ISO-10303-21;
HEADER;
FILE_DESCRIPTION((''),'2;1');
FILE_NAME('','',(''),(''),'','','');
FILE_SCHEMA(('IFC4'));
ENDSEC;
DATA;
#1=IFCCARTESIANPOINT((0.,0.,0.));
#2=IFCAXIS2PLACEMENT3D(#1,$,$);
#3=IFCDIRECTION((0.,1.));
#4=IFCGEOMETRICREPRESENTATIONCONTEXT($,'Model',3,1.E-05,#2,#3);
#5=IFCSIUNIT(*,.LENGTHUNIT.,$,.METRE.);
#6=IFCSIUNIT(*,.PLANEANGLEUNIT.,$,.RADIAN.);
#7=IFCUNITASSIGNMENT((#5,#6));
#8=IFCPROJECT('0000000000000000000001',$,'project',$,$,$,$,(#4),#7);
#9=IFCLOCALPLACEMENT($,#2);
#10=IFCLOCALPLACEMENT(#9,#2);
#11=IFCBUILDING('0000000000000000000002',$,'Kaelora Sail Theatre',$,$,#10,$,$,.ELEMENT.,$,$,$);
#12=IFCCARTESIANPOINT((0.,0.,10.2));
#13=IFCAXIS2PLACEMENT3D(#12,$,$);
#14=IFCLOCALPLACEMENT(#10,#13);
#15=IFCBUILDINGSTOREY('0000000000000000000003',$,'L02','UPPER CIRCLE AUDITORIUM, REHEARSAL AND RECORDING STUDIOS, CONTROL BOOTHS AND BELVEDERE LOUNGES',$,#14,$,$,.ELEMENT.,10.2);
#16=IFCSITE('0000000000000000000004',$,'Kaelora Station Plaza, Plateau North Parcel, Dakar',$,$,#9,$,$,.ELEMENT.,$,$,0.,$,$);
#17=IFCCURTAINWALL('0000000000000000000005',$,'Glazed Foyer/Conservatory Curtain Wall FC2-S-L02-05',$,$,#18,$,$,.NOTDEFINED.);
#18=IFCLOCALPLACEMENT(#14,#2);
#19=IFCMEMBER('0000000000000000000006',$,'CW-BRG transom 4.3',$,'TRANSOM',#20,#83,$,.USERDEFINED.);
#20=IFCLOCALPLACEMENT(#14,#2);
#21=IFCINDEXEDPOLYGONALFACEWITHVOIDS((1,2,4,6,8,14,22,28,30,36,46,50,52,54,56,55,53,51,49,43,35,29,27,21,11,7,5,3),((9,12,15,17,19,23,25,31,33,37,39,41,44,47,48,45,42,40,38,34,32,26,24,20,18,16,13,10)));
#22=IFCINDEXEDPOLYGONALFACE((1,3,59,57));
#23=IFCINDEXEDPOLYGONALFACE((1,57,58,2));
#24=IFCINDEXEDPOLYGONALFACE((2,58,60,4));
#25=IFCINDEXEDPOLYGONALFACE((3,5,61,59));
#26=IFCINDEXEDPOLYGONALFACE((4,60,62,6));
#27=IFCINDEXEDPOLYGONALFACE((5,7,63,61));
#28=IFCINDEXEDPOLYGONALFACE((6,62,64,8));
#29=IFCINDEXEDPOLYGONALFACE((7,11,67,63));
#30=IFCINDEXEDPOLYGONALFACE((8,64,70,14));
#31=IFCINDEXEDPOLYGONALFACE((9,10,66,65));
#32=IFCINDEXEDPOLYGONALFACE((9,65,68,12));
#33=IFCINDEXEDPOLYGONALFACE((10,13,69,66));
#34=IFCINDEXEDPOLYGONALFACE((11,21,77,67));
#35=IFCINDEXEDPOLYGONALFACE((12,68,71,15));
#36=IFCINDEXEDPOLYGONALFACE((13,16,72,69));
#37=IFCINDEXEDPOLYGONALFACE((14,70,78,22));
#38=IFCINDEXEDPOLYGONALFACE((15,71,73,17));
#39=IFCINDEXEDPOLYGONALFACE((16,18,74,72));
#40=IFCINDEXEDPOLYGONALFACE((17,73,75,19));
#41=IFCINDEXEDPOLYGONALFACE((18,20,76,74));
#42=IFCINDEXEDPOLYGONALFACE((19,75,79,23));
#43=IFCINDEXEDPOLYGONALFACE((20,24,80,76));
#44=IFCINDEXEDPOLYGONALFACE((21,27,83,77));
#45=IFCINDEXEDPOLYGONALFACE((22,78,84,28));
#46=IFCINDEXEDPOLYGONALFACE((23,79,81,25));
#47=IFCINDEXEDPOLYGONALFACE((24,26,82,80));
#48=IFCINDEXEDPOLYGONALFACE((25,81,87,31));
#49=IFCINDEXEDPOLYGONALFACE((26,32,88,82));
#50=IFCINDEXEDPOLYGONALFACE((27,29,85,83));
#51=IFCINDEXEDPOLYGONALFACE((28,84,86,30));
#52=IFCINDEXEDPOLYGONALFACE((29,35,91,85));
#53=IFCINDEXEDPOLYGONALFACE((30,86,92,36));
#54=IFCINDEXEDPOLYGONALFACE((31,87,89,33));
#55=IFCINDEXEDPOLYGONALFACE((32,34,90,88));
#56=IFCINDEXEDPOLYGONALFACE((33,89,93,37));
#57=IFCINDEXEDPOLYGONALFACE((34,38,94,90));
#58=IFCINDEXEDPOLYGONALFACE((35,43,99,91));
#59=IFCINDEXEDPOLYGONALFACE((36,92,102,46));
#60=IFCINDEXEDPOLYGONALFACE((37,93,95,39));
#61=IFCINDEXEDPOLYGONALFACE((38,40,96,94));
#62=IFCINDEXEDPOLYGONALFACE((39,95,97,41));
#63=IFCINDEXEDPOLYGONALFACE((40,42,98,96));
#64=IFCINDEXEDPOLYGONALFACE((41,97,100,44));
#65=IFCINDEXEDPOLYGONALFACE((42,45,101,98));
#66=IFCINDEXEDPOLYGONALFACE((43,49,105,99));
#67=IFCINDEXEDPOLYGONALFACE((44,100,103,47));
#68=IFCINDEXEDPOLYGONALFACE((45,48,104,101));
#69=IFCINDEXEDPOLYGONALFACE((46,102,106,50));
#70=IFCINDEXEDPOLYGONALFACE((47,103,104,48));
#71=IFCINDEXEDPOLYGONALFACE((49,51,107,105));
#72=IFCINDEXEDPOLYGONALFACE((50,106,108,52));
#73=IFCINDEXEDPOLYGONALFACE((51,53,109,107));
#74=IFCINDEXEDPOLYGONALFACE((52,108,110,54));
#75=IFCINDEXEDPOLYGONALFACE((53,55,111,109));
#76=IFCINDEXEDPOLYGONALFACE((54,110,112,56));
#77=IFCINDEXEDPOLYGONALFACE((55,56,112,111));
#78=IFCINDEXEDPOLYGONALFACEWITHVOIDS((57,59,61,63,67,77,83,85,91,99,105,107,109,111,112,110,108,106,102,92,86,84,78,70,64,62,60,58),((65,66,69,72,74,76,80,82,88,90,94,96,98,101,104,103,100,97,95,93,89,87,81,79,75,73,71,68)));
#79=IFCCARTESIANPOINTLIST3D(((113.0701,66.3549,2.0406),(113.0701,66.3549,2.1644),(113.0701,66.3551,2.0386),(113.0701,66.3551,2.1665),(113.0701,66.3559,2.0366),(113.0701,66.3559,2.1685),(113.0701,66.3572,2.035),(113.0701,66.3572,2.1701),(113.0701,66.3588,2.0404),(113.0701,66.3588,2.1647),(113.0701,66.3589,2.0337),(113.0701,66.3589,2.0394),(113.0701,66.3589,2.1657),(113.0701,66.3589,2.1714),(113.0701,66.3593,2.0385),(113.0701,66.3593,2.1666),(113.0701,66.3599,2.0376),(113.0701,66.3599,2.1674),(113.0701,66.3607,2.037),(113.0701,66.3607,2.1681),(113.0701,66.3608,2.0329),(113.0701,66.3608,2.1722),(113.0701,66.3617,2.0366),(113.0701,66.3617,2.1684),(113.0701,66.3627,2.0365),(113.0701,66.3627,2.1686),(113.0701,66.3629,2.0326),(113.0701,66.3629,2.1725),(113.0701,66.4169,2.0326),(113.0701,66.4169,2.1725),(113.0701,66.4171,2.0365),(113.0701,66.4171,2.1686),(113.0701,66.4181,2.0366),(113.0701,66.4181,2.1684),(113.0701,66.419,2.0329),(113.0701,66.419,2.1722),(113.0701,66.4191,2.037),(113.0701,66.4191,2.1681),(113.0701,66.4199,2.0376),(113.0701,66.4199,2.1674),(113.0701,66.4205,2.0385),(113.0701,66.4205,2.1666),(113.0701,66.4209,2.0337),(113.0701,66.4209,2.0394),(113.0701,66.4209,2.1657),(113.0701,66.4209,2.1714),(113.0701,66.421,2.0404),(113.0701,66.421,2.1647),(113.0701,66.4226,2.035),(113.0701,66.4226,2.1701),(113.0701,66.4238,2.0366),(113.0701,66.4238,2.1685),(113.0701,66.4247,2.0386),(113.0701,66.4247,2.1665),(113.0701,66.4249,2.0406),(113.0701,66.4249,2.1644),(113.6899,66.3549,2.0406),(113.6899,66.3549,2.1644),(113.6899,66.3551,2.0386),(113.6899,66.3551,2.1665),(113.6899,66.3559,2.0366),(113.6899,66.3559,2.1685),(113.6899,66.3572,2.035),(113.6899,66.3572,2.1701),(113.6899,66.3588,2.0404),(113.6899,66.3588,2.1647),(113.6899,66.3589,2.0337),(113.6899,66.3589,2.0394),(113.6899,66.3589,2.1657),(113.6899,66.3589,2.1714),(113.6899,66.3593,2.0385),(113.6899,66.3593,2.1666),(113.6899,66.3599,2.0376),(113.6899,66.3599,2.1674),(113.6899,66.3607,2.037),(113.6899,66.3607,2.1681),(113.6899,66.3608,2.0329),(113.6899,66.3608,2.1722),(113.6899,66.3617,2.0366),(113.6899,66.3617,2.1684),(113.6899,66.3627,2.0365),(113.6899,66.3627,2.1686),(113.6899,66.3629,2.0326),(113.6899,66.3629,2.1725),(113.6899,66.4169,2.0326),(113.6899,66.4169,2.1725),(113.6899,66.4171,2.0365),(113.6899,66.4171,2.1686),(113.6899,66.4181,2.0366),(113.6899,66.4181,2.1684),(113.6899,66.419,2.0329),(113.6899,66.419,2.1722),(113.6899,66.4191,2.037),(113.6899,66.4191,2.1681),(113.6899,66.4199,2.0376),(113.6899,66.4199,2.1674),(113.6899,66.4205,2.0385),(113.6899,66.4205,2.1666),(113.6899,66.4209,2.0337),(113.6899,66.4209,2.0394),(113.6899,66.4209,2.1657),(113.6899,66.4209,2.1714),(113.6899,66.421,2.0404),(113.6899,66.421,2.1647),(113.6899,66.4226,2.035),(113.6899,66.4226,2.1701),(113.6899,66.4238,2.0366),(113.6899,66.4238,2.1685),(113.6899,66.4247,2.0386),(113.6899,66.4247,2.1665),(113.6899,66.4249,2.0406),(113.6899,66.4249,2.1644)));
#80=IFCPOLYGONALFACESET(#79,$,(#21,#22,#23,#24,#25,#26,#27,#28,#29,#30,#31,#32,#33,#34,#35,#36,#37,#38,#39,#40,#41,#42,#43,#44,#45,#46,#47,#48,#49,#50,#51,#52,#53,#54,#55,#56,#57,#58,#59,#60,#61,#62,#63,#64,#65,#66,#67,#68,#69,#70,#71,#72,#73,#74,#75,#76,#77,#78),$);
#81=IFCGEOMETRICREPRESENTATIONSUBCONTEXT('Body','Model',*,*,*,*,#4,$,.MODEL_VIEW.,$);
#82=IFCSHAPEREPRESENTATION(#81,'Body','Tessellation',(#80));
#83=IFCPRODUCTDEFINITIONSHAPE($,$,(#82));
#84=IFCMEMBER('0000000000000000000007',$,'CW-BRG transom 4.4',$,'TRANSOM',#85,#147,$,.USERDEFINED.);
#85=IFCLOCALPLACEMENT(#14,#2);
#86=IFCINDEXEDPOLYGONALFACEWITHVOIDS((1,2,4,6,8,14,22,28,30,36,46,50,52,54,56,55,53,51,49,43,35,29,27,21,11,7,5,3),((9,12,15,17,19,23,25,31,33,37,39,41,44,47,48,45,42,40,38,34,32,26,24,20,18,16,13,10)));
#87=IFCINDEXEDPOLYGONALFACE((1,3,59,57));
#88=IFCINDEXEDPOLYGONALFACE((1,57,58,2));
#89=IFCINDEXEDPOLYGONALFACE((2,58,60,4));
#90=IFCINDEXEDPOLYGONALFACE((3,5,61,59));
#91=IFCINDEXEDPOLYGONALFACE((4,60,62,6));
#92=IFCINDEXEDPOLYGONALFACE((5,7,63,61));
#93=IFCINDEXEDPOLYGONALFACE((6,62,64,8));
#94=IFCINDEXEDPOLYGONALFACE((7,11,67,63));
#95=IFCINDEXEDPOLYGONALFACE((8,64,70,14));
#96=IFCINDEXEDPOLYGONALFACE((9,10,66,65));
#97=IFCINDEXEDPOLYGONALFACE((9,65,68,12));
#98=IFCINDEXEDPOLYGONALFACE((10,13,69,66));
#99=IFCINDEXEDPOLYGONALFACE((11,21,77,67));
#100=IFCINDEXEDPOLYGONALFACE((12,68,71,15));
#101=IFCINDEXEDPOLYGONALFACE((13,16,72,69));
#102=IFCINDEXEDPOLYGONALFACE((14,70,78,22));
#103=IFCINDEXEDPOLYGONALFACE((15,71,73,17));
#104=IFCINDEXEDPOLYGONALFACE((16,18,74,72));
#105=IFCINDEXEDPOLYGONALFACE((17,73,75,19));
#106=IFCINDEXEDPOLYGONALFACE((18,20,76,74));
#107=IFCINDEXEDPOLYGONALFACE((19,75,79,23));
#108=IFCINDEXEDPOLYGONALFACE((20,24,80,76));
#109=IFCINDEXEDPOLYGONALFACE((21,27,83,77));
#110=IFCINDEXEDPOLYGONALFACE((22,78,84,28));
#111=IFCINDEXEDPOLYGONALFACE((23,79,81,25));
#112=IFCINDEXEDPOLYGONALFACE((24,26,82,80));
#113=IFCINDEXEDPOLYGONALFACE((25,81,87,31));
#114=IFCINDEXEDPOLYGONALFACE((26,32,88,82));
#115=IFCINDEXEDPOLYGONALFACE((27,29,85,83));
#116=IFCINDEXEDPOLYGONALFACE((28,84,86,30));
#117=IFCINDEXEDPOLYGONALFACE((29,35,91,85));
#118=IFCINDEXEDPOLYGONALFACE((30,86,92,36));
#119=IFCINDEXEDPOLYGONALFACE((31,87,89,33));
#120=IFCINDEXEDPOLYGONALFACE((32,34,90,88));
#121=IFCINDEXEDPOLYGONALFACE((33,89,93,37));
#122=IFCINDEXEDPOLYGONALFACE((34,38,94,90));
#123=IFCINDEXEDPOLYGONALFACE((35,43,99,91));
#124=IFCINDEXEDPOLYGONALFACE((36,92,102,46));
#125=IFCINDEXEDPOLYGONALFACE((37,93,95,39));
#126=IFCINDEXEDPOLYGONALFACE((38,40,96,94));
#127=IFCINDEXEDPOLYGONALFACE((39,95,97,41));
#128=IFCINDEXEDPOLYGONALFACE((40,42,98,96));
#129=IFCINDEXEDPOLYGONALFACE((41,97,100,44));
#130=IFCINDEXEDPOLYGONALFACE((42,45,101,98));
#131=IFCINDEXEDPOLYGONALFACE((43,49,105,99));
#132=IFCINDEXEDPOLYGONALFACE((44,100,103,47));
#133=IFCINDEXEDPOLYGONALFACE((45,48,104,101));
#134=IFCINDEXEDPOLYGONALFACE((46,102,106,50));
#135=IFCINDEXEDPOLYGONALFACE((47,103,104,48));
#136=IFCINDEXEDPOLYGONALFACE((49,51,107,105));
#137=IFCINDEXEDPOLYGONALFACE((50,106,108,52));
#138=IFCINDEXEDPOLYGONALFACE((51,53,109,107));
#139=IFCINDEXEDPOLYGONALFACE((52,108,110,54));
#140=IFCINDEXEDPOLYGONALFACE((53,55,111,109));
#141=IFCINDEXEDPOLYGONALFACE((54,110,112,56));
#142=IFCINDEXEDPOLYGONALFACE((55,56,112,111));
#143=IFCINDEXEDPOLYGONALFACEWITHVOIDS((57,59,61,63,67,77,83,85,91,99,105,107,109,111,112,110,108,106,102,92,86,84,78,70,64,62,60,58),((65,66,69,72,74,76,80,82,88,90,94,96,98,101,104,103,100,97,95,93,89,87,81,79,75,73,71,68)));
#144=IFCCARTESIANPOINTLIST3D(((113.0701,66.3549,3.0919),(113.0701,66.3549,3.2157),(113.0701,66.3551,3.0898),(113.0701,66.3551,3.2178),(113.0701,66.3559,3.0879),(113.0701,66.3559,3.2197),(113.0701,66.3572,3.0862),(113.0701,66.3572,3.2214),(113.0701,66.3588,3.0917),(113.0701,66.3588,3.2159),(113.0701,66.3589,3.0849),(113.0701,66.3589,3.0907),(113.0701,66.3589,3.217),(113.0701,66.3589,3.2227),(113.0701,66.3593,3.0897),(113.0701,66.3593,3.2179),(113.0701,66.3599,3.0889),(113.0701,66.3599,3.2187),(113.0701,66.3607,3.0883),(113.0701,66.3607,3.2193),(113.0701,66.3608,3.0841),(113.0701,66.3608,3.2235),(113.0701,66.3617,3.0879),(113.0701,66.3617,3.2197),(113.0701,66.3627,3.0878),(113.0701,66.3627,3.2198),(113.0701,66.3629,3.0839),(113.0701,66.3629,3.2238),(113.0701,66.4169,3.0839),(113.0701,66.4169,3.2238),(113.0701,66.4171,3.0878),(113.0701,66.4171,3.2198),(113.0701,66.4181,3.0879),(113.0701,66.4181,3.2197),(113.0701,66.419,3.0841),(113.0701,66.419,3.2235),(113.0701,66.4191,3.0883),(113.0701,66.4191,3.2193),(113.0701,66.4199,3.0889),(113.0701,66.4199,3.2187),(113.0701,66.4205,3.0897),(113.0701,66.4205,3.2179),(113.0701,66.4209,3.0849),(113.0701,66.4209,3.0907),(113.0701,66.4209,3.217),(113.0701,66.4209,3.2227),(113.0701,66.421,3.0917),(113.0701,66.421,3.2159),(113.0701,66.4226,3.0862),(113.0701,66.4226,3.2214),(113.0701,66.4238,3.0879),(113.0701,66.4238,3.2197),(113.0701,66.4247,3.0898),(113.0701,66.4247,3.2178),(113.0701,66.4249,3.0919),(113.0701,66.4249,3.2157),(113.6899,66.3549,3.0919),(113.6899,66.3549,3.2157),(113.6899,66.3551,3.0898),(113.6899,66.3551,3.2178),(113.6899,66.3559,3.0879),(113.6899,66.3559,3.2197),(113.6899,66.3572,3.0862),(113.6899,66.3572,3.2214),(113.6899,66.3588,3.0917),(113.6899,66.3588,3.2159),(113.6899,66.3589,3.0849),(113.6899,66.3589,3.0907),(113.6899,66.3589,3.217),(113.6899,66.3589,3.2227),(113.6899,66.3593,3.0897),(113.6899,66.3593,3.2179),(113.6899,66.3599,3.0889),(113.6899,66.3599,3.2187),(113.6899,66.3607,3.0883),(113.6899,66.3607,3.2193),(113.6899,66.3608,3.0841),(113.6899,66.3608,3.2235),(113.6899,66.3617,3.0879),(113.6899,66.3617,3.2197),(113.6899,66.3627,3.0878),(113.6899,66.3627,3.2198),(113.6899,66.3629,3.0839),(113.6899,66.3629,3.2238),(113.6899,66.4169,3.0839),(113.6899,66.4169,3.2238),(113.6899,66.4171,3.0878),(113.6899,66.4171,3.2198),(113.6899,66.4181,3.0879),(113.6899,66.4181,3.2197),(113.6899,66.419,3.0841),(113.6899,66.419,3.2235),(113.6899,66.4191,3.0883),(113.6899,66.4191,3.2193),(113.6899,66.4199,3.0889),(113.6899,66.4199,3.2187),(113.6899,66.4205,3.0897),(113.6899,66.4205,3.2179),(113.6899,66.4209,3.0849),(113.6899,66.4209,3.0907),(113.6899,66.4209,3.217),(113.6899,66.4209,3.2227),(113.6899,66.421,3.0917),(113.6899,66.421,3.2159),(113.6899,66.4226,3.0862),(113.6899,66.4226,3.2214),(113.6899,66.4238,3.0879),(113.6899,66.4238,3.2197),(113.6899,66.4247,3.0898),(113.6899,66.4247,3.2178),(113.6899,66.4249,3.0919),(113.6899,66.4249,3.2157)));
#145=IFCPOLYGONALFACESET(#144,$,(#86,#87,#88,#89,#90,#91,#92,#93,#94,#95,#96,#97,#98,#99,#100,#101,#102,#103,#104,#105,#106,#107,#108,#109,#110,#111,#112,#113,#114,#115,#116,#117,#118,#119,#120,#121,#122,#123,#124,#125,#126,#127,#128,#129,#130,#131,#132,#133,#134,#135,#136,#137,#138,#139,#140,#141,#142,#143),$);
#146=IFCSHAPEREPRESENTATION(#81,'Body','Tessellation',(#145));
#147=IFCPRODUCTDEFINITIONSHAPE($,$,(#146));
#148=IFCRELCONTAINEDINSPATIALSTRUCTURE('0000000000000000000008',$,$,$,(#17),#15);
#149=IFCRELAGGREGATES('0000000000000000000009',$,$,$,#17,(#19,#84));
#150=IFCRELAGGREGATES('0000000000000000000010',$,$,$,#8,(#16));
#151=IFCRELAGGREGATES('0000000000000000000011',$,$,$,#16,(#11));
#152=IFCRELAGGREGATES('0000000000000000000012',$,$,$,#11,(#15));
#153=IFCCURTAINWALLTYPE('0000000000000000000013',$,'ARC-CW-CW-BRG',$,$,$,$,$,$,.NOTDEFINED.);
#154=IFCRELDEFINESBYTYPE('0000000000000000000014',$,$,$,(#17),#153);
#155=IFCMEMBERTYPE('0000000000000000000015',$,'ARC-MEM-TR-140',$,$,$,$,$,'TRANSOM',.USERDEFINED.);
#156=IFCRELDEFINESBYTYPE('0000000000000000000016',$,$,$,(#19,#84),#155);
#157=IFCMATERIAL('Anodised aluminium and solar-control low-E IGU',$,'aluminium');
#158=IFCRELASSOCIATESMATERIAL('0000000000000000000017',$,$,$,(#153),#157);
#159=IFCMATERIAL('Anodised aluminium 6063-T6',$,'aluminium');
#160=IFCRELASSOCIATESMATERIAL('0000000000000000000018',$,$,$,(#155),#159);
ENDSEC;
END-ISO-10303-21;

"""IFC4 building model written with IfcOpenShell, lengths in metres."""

from ifc_helpers import new_model, si_unit, direction, frame, origin, origin_2d, place, context, subcontext, project, spatial, hollow_rectangle, extrude, material, material_profile, profile_set, type_object, element, aggregate, save


model = new_model("IFC4")

# Units and contexts
model_context = context("Model", 3, precision=1e-05, world=origin(), true_north=direction((0.0, 1.0)))
body_context = subcontext(model_context, "Body", "Model", "MODEL_VIEW")
ifc_project = project(units=[si_unit("LENGTHUNIT", "METRE"), si_unit("PLANEANGLEUNIT", "RADIAN")], contexts=[model_context])

# Site, building, storey
site_placement = place(None, origin())
site = spatial("IfcSite", under=ifc_project, at=site_placement, Name="Kaelora Station Plaza, Plateau North Parcel, Dakar", CompositionType="ELEMENT", RefElevation=0.0)
building_placement = place(site_placement, origin())
building = spatial("IfcBuilding", under=site, at=building_placement, Name="Kaelora Sail Theatre", CompositionType="ELEMENT")
storey_placement = place(building_placement, frame((0.0, 0.0, 10.2)))
storey = spatial("IfcBuildingStorey", under=building, at=storey_placement, Name="L02", Description="UPPER CIRCLE AUDITORIUM, REHEARSAL AND RECORDING STUDIOS, CONTROL BOOTHS AND BELVEDERE LOUNGES", CompositionType="ELEMENT", Elevation=10.2)

# Curtain wall, members
ifc_material_1 = material(Name="Anodised aluminium and solar-control low-E IGU", Category="aluminium")
curtain_wall_type = type_object("IfcCurtainWallType", Name="ARC-CW-CW-BRG", PredefinedType="NOTDEFINED", material=ifc_material_1)
curtain_wall_placement = place(storey_placement, origin())
curtain_wall = element("IfcCurtainWall", 1, at=curtain_wall_placement, inside=storey, type_object=curtain_wall_type, Name="Glazed Foyer/Conservatory Curtain Wall FC2-S-L02-05", PredefinedType="NOTDEFINED")
ifc_material_2 = material(Name="Anodised aluminium 6063-T6", Category="aluminium")
ifc_material_profile_1 = material_profile(ifc_material_2, hollow_rectangle(XDim=0.0701, YDim=0.1399, WallThickness=0.0039, InnerFilletRadius=0.0039, OuterFilletRadius=0.0081, at=origin_2d()), Name="ALU-TRAN 70x140x4")
ifc_profile_set_1 = profile_set([ifc_material_profile_1], Name="Anodised aluminium 6063-T6")
member_type_1 = type_object("IfcMemberType", Name="ARC-MEM-TR-140", ElementType="TRANSOM", PredefinedType="USERDEFINED", material=ifc_profile_set_1)
member_1_placement = place(storey_placement, frame((113.0701, 66.3899, 2.1025), z_axis=(1.0, 0.0, 0.0), x_axis=(0.0, 1.0, 0.0)))
member_1 = element("IfcMember", 2, at=member_1_placement, type_object=member_type_1, Name="CW-BRG transom 4.3", ObjectType="TRANSOM", PredefinedType="USERDEFINED", context=body_context, shape_type="SweptSolid", body=[
    extrude(hollow_rectangle(XDim=0.0701, YDim=0.1399, WallThickness=0.0039, InnerFilletRadius=0.0039, OuterFilletRadius=0.0081, at=origin_2d()), origin(), (0.0, 0.0, 1.0), 0.6199),
])
member_2_placement = place(storey_placement, frame((113.0701, 66.3899, 3.1538), z_axis=(1.0, 0.0, 0.0), x_axis=(0.0, 1.0, 0.0)))
member_2 = element("IfcMember", 3, at=member_2_placement, type_object=member_type_1, Name="CW-BRG transom 4.4", ObjectType="TRANSOM", PredefinedType="USERDEFINED", context=body_context, shape_type="SweptSolid", body=[
    extrude(hollow_rectangle(XDim=0.0701, YDim=0.1399, WallThickness=0.0039, InnerFilletRadius=0.0039, OuterFilletRadius=0.0081, at=origin_2d()), origin(), (0.0, 0.0, 1.0), 0.6199),
])
aggregate(curtain_wall, [member_1, member_2])

save(model, "model.ifc")
